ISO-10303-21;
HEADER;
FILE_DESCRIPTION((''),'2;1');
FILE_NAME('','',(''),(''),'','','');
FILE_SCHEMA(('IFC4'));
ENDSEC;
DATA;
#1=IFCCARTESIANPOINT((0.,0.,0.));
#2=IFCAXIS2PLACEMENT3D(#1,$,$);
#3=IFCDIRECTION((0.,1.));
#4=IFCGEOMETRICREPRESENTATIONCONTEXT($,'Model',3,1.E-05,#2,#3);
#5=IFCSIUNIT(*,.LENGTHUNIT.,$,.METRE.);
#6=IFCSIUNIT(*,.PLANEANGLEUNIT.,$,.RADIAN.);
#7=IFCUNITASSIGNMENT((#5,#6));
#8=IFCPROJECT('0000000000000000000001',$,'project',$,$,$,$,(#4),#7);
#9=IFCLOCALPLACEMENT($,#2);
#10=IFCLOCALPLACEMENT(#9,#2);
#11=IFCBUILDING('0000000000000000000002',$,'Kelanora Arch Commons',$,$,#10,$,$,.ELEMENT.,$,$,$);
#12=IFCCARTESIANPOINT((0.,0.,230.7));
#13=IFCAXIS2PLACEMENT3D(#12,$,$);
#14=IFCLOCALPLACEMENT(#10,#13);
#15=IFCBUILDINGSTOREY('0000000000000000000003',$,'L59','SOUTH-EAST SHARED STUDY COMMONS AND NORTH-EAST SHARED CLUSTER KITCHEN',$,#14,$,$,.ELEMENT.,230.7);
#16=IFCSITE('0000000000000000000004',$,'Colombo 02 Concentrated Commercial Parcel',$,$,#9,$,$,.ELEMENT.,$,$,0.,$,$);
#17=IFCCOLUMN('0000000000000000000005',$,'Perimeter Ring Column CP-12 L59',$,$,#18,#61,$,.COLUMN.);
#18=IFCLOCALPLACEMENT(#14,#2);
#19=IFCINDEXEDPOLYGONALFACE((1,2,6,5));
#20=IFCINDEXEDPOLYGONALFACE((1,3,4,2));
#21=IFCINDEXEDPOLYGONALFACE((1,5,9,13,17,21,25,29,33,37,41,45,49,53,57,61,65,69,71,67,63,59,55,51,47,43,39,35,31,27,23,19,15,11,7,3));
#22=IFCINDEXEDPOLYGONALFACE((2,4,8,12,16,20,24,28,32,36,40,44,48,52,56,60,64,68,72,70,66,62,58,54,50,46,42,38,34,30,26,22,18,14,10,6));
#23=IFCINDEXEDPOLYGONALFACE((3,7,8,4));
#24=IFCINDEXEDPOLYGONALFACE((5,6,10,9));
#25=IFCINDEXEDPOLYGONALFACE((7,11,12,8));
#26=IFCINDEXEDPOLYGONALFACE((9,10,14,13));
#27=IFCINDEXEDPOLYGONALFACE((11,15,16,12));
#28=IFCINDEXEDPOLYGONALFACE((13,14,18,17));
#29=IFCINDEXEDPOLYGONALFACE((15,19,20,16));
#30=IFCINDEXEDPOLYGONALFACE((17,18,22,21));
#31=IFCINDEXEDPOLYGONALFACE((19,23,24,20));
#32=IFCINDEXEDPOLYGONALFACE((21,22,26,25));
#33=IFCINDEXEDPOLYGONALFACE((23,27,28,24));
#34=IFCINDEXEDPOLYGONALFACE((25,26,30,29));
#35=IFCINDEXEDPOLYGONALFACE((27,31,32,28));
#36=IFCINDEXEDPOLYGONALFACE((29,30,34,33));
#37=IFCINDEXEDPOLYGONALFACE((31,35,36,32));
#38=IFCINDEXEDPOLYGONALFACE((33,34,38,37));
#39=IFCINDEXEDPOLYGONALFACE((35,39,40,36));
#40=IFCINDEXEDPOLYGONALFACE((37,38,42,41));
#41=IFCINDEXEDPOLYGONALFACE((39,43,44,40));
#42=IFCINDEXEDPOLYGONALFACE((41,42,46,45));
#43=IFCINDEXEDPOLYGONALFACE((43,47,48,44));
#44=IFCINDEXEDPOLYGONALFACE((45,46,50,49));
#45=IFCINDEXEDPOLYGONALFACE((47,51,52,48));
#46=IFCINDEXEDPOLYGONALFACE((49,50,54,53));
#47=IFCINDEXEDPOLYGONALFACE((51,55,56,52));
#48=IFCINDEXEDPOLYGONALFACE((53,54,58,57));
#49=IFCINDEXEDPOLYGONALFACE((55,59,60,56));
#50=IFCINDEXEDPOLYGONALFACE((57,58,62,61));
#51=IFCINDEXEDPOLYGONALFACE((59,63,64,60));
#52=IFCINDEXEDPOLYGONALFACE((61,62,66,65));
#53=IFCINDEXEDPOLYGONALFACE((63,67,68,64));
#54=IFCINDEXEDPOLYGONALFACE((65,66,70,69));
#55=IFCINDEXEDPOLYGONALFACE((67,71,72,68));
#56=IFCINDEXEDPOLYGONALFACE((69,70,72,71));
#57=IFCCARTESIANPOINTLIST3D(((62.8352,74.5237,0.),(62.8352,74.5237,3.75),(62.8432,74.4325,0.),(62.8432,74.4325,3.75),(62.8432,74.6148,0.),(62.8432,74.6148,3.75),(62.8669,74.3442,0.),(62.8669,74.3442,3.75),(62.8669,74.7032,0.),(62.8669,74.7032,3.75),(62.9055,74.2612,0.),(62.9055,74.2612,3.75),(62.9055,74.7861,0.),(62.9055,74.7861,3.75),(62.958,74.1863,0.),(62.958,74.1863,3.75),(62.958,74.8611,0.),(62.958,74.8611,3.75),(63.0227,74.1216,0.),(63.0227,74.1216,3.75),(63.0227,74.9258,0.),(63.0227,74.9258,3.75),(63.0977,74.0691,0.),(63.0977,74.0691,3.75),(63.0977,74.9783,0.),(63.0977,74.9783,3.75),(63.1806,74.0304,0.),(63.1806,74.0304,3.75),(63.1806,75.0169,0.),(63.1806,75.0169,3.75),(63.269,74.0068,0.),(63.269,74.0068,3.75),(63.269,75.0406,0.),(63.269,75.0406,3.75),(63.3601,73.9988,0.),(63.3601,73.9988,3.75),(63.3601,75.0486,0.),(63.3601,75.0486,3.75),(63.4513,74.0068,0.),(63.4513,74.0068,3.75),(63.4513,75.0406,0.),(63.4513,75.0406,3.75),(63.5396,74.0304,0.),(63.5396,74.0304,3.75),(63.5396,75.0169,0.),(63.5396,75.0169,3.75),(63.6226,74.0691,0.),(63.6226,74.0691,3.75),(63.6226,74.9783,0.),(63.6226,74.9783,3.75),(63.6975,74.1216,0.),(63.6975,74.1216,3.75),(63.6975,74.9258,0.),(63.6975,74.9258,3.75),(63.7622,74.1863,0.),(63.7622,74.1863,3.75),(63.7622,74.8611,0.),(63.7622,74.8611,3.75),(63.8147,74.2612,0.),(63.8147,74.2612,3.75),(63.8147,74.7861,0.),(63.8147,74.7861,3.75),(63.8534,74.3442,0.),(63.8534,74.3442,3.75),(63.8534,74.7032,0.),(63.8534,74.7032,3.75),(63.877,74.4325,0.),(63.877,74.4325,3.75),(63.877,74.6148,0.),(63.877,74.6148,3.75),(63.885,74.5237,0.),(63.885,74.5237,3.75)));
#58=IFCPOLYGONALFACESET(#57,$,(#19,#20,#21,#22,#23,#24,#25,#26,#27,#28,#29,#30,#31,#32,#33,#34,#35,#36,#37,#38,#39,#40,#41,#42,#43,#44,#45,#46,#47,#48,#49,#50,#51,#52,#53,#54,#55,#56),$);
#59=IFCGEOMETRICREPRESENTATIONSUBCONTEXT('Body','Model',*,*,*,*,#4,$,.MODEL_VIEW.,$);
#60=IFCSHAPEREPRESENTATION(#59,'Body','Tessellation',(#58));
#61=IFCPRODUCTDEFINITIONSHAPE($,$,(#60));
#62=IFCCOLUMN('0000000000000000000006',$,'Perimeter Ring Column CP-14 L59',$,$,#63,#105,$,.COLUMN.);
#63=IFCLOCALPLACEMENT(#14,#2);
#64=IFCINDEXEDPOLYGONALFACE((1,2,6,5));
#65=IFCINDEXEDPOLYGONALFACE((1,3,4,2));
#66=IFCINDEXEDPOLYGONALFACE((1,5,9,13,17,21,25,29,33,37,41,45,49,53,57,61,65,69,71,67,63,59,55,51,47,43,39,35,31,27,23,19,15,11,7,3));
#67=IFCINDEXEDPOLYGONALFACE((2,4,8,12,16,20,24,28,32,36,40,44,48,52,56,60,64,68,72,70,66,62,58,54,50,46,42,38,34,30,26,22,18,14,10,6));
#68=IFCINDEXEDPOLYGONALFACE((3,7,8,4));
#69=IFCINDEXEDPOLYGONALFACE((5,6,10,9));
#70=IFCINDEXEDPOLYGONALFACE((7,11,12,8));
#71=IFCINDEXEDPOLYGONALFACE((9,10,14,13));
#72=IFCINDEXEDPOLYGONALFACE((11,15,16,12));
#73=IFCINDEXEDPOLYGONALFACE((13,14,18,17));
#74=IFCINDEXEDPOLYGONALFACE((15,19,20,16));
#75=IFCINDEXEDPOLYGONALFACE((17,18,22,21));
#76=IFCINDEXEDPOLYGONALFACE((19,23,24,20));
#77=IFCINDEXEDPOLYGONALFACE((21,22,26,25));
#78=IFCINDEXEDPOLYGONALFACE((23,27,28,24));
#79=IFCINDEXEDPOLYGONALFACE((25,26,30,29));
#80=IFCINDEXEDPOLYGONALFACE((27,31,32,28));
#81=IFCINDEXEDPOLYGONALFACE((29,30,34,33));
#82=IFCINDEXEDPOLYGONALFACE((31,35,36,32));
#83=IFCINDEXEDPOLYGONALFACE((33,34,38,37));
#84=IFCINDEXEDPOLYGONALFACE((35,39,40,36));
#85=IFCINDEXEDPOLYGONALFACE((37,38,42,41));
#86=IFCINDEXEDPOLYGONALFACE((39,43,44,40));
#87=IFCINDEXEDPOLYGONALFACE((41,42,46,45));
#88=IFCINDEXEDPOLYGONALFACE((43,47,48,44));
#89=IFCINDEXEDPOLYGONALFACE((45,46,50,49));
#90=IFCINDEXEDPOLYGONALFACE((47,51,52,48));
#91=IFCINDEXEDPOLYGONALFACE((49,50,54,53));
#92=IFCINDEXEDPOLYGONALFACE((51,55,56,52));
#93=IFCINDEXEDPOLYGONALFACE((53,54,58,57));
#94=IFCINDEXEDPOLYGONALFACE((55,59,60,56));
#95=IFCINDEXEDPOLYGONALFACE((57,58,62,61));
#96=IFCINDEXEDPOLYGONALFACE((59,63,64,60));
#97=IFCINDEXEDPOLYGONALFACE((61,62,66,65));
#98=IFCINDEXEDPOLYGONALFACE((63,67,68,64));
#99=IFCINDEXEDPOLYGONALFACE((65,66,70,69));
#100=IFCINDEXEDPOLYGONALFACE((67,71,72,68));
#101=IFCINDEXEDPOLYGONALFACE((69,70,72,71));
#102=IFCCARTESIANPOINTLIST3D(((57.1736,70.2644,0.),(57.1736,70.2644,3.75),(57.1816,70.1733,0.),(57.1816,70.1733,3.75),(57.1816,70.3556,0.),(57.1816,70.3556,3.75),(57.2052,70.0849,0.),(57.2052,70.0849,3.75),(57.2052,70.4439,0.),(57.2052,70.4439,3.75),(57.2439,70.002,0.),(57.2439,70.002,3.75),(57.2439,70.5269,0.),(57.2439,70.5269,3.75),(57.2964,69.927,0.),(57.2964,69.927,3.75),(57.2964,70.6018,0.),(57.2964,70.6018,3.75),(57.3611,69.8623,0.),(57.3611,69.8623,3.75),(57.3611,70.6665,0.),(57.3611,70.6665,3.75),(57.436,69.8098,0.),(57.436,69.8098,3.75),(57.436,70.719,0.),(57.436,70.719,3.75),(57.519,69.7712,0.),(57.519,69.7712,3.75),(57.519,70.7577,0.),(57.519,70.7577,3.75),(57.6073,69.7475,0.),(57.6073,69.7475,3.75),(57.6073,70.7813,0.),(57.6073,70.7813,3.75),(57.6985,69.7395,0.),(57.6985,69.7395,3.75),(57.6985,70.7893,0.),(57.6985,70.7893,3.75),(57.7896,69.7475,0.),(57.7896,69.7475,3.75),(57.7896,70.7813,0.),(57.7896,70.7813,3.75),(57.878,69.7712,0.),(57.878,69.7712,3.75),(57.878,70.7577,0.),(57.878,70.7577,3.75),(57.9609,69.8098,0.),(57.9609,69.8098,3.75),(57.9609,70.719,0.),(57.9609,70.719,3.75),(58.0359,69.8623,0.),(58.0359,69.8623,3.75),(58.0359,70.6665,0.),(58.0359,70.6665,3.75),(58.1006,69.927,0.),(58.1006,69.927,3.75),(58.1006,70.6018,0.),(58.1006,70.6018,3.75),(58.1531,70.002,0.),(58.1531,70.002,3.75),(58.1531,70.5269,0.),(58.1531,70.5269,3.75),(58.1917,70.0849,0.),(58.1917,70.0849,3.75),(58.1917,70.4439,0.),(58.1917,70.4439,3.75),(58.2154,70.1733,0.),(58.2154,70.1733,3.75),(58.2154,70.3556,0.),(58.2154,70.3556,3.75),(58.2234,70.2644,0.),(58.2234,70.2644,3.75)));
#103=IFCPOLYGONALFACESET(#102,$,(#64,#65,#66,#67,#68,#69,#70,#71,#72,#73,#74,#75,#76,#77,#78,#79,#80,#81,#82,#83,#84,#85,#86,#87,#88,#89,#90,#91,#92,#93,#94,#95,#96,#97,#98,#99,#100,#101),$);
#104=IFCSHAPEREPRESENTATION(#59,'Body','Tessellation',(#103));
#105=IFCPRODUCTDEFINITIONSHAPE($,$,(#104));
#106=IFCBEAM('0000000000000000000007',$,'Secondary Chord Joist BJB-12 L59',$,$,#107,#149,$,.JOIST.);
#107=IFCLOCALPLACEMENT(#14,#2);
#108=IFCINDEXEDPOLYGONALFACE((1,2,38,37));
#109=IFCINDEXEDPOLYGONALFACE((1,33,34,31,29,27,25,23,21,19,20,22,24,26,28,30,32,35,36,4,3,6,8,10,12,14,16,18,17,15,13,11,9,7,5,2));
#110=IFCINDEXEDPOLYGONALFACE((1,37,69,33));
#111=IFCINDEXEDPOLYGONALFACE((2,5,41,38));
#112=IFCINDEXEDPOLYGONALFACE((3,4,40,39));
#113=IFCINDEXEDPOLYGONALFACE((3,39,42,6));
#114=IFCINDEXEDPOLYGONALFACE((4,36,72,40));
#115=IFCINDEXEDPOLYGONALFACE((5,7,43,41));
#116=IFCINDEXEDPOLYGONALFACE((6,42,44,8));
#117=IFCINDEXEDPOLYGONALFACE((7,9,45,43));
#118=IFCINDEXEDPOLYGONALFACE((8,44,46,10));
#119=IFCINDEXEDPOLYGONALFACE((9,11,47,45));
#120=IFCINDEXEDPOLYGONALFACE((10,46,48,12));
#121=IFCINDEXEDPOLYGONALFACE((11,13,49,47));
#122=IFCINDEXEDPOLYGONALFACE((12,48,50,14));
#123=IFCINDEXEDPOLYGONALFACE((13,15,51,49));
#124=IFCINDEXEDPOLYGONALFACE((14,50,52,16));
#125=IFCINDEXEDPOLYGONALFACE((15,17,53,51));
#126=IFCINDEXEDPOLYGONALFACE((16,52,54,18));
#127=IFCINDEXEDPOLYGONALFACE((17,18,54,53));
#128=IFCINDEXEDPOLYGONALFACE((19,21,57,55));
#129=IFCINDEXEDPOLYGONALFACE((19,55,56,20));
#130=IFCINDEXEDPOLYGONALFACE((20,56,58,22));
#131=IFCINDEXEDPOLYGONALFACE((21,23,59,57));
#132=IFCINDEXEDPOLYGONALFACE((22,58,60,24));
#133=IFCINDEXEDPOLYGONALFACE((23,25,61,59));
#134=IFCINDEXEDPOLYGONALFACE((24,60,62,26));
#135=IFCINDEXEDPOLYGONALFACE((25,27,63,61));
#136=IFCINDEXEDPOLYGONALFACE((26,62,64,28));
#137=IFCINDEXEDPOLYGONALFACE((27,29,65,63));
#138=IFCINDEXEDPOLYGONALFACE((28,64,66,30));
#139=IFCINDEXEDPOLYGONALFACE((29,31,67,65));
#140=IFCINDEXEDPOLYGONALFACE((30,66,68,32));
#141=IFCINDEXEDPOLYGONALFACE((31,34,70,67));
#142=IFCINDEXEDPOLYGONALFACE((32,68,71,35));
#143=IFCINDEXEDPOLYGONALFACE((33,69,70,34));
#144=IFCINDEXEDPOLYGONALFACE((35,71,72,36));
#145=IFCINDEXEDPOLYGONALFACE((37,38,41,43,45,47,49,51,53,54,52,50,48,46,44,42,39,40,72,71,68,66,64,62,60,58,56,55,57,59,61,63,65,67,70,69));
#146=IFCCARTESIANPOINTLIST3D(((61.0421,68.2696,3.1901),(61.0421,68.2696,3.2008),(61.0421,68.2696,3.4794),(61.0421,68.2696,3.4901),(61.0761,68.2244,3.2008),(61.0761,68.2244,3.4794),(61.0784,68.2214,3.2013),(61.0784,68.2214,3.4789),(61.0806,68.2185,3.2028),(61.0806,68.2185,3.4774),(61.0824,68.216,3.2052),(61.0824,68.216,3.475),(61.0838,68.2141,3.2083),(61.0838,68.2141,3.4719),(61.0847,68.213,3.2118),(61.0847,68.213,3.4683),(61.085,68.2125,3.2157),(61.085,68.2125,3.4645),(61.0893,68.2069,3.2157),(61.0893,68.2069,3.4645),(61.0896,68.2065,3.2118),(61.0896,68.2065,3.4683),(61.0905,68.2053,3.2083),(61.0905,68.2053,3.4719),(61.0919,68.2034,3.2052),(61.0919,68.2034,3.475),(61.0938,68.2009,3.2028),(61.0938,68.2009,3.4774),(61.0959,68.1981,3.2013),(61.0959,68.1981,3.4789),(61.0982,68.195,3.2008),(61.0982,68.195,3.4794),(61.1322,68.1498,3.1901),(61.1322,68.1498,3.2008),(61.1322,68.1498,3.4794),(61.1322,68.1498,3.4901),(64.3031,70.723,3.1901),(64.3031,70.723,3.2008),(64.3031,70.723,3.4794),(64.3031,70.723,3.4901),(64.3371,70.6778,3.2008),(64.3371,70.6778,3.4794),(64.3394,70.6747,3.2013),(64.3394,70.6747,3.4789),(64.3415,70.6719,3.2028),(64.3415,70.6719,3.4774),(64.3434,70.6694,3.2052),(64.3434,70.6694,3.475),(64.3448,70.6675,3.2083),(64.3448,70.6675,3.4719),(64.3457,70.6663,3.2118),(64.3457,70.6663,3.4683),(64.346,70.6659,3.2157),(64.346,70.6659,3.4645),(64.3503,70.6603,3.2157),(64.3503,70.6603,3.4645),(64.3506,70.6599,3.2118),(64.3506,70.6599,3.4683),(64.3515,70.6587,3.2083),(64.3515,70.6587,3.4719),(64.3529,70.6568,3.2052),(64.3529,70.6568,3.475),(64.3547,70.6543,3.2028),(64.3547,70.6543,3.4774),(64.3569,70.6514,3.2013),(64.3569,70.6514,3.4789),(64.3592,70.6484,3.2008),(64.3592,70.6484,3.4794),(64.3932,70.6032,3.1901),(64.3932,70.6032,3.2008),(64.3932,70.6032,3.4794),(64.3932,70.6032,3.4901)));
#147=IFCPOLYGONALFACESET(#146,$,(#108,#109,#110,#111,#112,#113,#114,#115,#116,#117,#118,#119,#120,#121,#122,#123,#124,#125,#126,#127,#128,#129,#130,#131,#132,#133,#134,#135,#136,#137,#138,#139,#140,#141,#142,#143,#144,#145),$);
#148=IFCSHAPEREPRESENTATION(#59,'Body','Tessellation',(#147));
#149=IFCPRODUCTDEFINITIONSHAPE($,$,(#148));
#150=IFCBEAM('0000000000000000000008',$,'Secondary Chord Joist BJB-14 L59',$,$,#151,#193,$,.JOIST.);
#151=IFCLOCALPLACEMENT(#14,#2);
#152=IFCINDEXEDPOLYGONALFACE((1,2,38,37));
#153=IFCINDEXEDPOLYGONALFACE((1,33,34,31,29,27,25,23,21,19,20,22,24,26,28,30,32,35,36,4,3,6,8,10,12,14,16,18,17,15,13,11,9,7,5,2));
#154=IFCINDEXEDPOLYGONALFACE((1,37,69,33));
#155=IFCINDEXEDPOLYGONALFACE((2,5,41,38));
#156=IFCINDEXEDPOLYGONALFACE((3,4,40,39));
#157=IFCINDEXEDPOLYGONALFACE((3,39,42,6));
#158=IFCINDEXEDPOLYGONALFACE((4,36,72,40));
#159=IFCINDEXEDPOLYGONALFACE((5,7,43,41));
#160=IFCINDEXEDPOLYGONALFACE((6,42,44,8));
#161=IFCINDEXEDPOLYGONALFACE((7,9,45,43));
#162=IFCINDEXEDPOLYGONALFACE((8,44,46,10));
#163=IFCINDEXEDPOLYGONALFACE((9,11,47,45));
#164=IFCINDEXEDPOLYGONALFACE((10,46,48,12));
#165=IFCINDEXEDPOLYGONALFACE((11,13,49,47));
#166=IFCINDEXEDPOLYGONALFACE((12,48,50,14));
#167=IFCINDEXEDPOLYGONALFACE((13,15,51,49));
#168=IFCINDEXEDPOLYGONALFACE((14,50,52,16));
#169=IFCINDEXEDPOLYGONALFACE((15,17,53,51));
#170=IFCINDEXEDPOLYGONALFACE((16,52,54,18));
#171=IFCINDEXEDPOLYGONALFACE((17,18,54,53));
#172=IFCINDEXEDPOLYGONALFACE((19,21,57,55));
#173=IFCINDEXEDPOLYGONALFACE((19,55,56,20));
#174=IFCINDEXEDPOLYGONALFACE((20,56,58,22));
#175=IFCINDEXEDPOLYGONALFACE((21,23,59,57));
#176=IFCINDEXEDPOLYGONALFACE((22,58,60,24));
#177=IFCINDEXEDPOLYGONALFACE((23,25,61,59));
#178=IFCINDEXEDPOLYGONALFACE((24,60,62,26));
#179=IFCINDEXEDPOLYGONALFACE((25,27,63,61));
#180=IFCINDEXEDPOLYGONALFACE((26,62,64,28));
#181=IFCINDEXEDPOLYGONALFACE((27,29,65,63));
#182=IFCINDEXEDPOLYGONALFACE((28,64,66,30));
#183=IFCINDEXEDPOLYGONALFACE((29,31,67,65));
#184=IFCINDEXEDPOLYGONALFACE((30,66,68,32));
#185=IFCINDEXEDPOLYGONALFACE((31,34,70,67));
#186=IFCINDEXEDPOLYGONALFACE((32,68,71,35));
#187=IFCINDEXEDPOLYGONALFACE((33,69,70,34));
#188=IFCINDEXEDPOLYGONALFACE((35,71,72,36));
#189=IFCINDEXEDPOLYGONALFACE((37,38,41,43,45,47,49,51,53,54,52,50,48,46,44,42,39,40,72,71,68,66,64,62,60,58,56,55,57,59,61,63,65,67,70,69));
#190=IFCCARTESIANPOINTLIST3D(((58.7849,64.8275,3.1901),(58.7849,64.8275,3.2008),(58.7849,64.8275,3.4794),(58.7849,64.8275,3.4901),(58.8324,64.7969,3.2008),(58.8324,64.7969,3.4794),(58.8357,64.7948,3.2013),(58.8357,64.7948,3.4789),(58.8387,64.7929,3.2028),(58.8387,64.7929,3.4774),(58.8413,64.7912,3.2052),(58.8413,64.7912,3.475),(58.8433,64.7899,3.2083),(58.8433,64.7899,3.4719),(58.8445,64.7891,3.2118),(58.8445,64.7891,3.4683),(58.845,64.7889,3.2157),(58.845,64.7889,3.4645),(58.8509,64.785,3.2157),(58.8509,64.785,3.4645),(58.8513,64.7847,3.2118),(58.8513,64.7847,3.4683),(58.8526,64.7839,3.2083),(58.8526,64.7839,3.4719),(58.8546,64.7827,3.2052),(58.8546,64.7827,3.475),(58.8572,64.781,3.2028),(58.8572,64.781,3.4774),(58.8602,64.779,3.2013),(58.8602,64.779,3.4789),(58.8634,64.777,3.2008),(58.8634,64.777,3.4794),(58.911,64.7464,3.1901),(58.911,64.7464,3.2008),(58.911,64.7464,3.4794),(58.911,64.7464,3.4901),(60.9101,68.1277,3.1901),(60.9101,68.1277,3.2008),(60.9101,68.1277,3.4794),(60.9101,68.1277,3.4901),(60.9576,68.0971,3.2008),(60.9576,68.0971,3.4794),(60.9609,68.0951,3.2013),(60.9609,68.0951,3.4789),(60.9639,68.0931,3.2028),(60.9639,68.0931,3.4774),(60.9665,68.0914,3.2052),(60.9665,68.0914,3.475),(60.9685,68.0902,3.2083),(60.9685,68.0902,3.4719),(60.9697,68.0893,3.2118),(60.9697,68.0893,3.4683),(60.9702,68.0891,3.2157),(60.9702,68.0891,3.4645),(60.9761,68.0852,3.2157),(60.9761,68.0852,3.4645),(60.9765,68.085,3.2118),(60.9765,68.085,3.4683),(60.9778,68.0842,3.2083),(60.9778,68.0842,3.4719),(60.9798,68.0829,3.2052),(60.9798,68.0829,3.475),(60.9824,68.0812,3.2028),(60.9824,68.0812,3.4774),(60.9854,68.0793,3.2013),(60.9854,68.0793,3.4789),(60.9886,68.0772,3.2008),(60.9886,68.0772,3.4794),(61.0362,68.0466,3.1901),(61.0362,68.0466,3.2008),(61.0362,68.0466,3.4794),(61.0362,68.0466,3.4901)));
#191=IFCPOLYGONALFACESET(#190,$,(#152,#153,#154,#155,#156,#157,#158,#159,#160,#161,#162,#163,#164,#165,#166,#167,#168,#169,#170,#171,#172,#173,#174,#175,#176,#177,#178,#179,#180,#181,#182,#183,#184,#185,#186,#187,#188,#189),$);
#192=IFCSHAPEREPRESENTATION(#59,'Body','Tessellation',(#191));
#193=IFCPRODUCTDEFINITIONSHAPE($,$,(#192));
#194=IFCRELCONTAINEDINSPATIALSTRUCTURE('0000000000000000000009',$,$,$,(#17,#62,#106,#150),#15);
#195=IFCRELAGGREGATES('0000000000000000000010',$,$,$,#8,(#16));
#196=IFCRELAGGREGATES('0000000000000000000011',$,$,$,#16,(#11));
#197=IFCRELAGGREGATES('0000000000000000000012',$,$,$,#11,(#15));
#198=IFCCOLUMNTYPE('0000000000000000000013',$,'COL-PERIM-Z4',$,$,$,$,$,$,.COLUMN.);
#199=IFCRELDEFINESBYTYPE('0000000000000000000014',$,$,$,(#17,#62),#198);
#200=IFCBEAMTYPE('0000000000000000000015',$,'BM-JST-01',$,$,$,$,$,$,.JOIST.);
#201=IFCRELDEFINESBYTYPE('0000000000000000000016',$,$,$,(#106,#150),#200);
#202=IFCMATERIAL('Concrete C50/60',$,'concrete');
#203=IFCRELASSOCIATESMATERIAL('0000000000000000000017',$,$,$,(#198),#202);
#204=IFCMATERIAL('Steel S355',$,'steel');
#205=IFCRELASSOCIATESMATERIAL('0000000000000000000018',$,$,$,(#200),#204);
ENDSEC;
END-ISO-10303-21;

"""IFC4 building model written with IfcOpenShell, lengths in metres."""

from ifc_helpers import new_model, si_unit, direction, frame, origin, origin_2d, place, context, subcontext, project, spatial, circle, i_section, extrude, material, material_profile, profile_set, type_object, element, save


model = new_model("IFC4")

# Units and contexts
model_context = context("Model", 3, precision=1e-05, world=origin(), true_north=direction((0.0, 1.0)))
body_context = subcontext(model_context, "Body", "Model", "MODEL_VIEW")
ifc_project = project(units=[si_unit("LENGTHUNIT", "METRE"), si_unit("PLANEANGLEUNIT", "RADIAN")], contexts=[model_context])

# Site, building, storey
site_placement = place(None, origin())
site = spatial("IfcSite", under=ifc_project, at=site_placement, Name="Colombo 02 Concentrated Commercial Parcel", CompositionType="ELEMENT", RefElevation=0.0)
building_placement = place(site_placement, origin())
building = spatial("IfcBuilding", under=site, at=building_placement, Name="Kelanora Arch Commons", CompositionType="ELEMENT")
storey_placement = place(building_placement, frame((0.0, 0.0, 230.7)))
storey = spatial("IfcBuildingStorey", under=building, at=storey_placement, Name="L59", Description="SOUTH-EAST SHARED STUDY COMMONS AND NORTH-EAST SHARED CLUSTER KITCHEN", CompositionType="ELEMENT", Elevation=230.7)

# Columns
ifc_material_1 = material(Name="Concrete C50/60", Category="concrete")
ifc_material_profile_1 = material_profile(ifc_material_1, circle(Radius=0.5249, at=origin_2d()), Name="RCC1050")
ifc_profile_set_1 = profile_set([ifc_material_profile_1], Name="Concrete C50/60")
column_type = type_object("IfcColumnType", Name="COL-PERIM-Z4", PredefinedType="COLUMN", material=ifc_profile_set_1)
for number, where, z_axis, x_axis, name in (
    (1, (63.3601, 74.5237, 0.0), (0.0, 0.0, 1.0), (1.0, 0.0, 0.0), "Perimeter Ring Column CP-12 L59"),
    (2, (57.6985, 70.2644, 0.0), (0.0, 0.0, 1.0), (1.0, 0.0, 0.0), "Perimeter Ring Column CP-14 L59"),
):
    element("IfcColumn", number, at=place(storey_placement, frame(where, z_axis=z_axis, x_axis=x_axis)), inside=storey, type_object=column_type, Name=name, PredefinedType="COLUMN", context=body_context, shape_type="SweptSolid", body=[
        extrude(circle(Radius=0.5249, at=origin_2d()), origin(), (0.0, 0.0, 1.0), 3.75),
    ])

# Beams
ifc_material_2 = material(Name="Steel S355", Category="steel")
ifc_material_profile_2 = material_profile(ifc_material_2, i_section(OverallWidth=0.1499, OverallDepth=0.3, WebThickness=0.0071, FlangeThickness=0.0107, FilletRadius=0.0149, at=origin_2d()), Name="IPE300")
ifc_profile_set_2 = profile_set([ifc_material_profile_2], Name="Steel S355")
beam_type_1 = type_object("IfcBeamType", Name="BM-JST-01", PredefinedType="JOIST", material=ifc_profile_set_2)
beam_1_placement = place(storey_placement, frame((64.3481, 70.6631, 3.3401), z_axis=(-0.799102, -0.601196, 0.0), x_axis=(0.601196, -0.799102, 0.0)))
element("IfcBeam", 3, at=beam_1_placement, inside=storey, type_object=beam_type_1, Name="Secondary Chord Joist BJB-12 L59", PredefinedType="JOIST", context=body_context, shape_type="SweptSolid", body=[
    extrude(i_section(OverallWidth=0.1499, OverallDepth=0.3, WebThickness=0.0071, FlangeThickness=0.0107, FilletRadius=0.0149, at=origin_2d()), origin(), (0.0, 0.0, 1.0), 4.0808),
])
beam_2_placement = place(storey_placement, frame((60.9731, 68.0872, 3.3401), z_axis=(-0.541411, -0.840758, 0.0), x_axis=(0.840758, -0.541411, 0.0)))
element("IfcBeam", 4, at=beam_2_placement, inside=storey, type_object=beam_type_1, Name="Secondary Chord Joist BJB-14 L59", PredefinedType="JOIST", context=body_context, shape_type="SweptSolid", body=[
    extrude(i_section(OverallWidth=0.1499, OverallDepth=0.3, WebThickness=0.0071, FlangeThickness=0.0107, FilletRadius=0.0149, at=origin_2d()), origin(), (0.0, 0.0, 1.0), 3.9253),
])

save(model, "model.ifc")
